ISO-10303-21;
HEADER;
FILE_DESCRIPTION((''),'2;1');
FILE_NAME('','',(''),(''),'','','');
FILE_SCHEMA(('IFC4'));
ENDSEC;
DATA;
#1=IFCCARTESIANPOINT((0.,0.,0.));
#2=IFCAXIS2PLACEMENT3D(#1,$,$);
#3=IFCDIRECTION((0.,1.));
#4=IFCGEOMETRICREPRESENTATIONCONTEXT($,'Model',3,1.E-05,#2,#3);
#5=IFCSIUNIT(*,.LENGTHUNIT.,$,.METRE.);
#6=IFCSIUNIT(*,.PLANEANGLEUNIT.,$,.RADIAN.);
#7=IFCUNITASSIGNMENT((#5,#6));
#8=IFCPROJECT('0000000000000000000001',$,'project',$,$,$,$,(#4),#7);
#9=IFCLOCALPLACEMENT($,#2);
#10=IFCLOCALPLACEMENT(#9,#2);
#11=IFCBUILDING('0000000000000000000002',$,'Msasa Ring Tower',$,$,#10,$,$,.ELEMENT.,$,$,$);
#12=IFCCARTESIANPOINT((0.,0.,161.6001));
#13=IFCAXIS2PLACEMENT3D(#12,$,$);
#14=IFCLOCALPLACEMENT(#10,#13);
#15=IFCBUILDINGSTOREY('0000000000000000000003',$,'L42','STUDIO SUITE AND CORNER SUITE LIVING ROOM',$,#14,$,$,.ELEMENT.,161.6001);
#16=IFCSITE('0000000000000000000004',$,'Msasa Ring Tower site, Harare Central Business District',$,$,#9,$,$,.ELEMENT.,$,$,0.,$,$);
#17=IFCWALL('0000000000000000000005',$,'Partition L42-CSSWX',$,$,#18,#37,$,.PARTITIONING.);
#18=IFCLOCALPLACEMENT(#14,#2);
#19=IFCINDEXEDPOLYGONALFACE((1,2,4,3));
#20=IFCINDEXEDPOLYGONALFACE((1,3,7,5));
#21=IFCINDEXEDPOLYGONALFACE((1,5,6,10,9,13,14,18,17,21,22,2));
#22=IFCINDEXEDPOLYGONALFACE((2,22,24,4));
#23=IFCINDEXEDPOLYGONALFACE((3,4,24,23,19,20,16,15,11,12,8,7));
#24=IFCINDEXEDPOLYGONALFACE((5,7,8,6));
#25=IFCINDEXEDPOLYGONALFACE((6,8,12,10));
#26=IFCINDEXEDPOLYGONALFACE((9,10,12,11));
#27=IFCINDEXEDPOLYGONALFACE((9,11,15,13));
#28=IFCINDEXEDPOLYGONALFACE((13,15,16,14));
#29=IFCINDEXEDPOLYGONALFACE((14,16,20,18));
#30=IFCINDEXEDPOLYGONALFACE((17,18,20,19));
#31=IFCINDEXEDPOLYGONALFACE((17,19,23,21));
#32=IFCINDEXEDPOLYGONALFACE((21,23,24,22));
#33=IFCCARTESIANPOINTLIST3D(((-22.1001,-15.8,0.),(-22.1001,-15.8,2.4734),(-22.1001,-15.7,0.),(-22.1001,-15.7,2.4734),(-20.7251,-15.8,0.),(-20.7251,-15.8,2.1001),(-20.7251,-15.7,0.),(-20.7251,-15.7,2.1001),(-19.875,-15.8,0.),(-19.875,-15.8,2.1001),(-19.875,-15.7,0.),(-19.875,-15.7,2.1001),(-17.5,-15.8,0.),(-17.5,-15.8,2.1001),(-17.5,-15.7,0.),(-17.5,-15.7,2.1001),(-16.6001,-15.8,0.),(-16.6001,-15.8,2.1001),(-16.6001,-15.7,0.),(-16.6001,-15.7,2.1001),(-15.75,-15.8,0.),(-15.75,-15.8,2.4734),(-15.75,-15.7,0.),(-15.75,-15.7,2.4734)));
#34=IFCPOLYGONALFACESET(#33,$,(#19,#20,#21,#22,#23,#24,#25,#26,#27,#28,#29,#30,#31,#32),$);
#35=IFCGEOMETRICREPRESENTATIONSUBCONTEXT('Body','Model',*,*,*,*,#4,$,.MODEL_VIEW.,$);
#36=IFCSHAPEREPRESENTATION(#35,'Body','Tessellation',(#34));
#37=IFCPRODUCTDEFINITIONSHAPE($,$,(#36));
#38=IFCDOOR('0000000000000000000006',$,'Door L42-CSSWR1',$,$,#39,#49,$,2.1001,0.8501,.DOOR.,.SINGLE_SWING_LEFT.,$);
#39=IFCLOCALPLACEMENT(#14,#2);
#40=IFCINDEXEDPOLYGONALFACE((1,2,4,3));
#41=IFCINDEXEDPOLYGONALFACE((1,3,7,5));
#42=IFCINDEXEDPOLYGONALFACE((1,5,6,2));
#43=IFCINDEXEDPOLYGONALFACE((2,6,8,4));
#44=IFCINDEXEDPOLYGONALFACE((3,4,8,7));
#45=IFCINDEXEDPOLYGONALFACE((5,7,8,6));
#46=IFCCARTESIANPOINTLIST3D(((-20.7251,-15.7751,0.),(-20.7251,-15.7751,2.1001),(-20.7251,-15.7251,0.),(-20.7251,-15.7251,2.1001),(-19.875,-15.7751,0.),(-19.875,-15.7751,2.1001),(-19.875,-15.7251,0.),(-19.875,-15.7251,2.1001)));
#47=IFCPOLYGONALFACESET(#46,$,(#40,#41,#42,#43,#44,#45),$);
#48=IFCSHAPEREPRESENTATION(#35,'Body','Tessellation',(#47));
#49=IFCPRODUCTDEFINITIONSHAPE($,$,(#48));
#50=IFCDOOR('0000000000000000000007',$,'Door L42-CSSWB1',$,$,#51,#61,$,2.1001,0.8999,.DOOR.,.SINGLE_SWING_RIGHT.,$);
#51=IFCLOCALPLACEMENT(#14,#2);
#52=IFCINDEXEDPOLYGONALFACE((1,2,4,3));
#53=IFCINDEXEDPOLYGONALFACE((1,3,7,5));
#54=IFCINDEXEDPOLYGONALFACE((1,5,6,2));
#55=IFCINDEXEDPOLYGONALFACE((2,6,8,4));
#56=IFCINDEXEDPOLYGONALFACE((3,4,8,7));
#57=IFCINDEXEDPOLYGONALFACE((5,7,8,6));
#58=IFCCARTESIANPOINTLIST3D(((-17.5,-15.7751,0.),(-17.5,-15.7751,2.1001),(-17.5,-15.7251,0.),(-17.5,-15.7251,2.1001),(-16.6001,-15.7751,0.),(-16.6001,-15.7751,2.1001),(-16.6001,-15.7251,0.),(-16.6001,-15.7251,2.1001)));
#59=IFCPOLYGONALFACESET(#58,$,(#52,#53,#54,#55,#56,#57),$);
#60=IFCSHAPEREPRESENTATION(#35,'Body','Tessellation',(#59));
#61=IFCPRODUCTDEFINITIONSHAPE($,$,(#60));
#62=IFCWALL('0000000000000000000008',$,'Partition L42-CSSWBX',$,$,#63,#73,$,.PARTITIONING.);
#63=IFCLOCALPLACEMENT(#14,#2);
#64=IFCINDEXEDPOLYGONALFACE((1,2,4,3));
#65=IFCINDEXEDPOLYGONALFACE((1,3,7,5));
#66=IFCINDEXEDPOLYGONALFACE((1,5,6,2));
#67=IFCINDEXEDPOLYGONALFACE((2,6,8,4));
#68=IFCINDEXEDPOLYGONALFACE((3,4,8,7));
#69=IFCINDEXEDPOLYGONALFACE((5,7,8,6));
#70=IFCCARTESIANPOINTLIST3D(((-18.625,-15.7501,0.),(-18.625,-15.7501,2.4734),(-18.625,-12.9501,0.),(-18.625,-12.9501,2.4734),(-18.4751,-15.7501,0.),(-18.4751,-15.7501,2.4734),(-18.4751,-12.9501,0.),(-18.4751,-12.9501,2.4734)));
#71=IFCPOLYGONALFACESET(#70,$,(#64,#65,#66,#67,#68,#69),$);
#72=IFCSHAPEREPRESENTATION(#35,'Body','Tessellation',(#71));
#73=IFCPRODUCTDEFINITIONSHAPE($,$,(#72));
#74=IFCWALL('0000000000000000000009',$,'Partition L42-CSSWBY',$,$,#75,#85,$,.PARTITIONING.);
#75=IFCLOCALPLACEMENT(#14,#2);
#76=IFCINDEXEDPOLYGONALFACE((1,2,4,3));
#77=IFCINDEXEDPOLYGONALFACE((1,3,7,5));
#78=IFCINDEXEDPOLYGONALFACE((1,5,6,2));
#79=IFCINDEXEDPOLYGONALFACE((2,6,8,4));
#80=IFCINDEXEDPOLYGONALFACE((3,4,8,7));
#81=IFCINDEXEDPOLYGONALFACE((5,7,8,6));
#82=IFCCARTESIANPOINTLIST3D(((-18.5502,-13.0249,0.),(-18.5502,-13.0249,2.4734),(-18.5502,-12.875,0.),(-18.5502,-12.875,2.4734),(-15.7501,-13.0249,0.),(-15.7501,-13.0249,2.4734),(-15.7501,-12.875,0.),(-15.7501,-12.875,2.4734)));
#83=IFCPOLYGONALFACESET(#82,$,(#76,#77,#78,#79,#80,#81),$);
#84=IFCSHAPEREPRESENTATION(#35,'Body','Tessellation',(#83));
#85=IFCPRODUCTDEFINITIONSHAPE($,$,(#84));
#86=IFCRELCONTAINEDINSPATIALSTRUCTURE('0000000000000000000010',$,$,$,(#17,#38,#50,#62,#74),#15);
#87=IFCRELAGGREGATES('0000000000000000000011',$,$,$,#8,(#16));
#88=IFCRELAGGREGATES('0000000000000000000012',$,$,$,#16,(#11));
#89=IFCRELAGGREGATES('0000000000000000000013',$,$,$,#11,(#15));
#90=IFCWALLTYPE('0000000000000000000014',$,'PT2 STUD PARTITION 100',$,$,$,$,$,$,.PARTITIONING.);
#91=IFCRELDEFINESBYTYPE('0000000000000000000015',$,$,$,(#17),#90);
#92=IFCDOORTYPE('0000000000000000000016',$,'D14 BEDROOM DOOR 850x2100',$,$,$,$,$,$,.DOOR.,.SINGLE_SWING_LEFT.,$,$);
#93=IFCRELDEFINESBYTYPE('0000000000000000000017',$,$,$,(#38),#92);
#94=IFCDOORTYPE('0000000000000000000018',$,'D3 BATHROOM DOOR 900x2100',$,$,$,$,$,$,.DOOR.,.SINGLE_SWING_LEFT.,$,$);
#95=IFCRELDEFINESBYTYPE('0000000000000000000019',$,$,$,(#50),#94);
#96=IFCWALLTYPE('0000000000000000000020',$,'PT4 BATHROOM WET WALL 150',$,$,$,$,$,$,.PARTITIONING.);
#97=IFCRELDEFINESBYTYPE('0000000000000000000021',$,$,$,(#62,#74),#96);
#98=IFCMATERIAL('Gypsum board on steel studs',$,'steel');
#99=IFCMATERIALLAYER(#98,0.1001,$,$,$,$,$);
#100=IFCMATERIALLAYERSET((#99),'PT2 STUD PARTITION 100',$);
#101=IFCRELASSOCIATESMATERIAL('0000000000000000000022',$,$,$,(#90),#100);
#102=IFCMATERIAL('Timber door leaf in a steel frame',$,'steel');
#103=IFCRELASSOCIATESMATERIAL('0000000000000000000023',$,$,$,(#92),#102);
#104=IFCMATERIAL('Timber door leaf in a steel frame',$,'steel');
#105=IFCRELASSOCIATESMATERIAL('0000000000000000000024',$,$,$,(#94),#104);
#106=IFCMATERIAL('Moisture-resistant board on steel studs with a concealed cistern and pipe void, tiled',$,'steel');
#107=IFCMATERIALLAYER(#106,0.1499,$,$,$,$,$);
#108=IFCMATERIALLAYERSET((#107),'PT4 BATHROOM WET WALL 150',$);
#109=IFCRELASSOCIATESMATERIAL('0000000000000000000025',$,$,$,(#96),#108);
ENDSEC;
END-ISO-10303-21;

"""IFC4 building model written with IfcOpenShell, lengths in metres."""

from ifc_helpers import new_model, si_unit, direction, frame, frame_2d, origin, place, context, subcontext, project, spatial, rectangle, extrude, material, layer, layer_set, type_object, element, fill, save


model = new_model("IFC4")

# Units and contexts
model_context = context("Model", 3, precision=1e-05, world=origin(), true_north=direction((0.0, 1.0)))
body_context = subcontext(model_context, "Body", "Model", "MODEL_VIEW")
ifc_project = project(units=[si_unit("LENGTHUNIT", "METRE"), si_unit("PLANEANGLEUNIT", "RADIAN")], contexts=[model_context])

# Site, building, storey
site_placement = place(None, origin())
site = spatial("IfcSite", under=ifc_project, at=site_placement, Name="Msasa Ring Tower site, Harare Central Business District", CompositionType="ELEMENT", RefElevation=0.0)
building_placement = place(site_placement, origin())
building = spatial("IfcBuilding", under=site, at=building_placement, Name="Msasa Ring Tower", CompositionType="ELEMENT")
storey_placement = place(building_placement, frame((0.0, 0.0, 161.6001)))
storey = spatial("IfcBuildingStorey", under=building, at=storey_placement, Name="L42", Description="STUDIO SUITE AND CORNER SUITE LIVING ROOM", CompositionType="ELEMENT", Elevation=161.6001)

# Wall, openings, doors
ifc_material_1 = material(Name="Gypsum board on steel studs", Category="steel")
ifc_layer_1 = layer(ifc_material_1, 0.1001)
ifc_layer_set_1 = layer_set([ifc_layer_1], Name="PT2 STUD PARTITION 100")
wall_type_1 = type_object("IfcWallType", Name="PT2 STUD PARTITION 100", PredefinedType="PARTITIONING", material=ifc_layer_set_1)
wall_1_placement = place(storey_placement, frame((-22.1001, -15.75, 0.0), z_axis=(0.0, 0.0, 1.0), x_axis=(1.0, 0.0, 0.0)))
wall_1 = element("IfcWall", 1, at=wall_1_placement, inside=storey, type_object=wall_type_1, Name="Partition L42-CSSWX", PredefinedType="PARTITIONING", context=body_context, shape_type="SweptSolid", body=[
    extrude(rectangle(XDim=6.3501, YDim=0.1001, at=frame_2d((3.175, 0.0))), origin(), (0.0, 0.0, 1.0), 2.4734),
])
opening_1_placement = place(wall_1_placement, frame((1.375, 0.0, 0.0)))
opening_1 = element("IfcOpeningElement", 2, at=opening_1_placement, cuts=wall_1, PredefinedType="OPENING", context=body_context, shape_type="SweptSolid", body=[
    extrude(rectangle(XDim=0.8501, YDim=2.1001, at=frame_2d((0.425, 1.05))), frame((0.0, 0.0601, 0.0), z_axis=(0.0, -1.0, 0.0), x_axis=(1.0, 0.0, 0.0)), (0.0, 0.0, 1.0), 0.1201),
])
opening_2_placement = place(wall_1_placement, frame((4.6001, 0.0, 0.0)))
opening_2 = element("IfcOpeningElement", 3, at=opening_2_placement, cuts=wall_1, PredefinedType="OPENING", context=body_context, shape_type="SweptSolid", body=[
    extrude(rectangle(XDim=0.8999, YDim=2.1001, at=frame_2d((0.45, 1.05))), frame((0.0, 0.0601, 0.0), z_axis=(0.0, -1.0, 0.0), x_axis=(1.0, 0.0, 0.0)), (0.0, 0.0, 1.0), 0.1201),
])
ifc_material_2 = material(Name="Timber door leaf in a steel frame", Category="steel")
door_type_1 = type_object("IfcDoorType", Name="D14 BEDROOM DOOR 850x2100", OperationType="SINGLE_SWING_LEFT", PredefinedType="DOOR", material=ifc_material_2)
door_1_placement = place(opening_1_placement, origin())
door_1 = element("IfcDoor", 4, at=door_1_placement, inside=storey, type_object=door_type_1, Name="Door L42-CSSWR1", OperationType="SINGLE_SWING_LEFT", OverallHeight=2.1001, OverallWidth=0.8501, PredefinedType="DOOR", context=body_context, shape_type="SweptSolid", body=[
    extrude(rectangle(XDim=0.8501, YDim=2.1001, at=frame_2d((0.425, 1.05))), frame((0.0, 0.0249, 0.0), z_axis=(0.0, -1.0, 0.0), x_axis=(1.0, 0.0, 0.0)), (0.0, 0.0, 1.0), 0.05),
])
fill(opening_1, door_1)
ifc_material_3 = material(Name="Timber door leaf in a steel frame", Category="steel")
door_type_2 = type_object("IfcDoorType", Name="D3 BATHROOM DOOR 900x2100", OperationType="SINGLE_SWING_LEFT", PredefinedType="DOOR", material=ifc_material_3)
door_2_placement = place(opening_2_placement, origin())
door_2 = element("IfcDoor", 5, at=door_2_placement, inside=storey, type_object=door_type_2, Name="Door L42-CSSWB1", OperationType="SINGLE_SWING_RIGHT", OverallHeight=2.1001, OverallWidth=0.8999, PredefinedType="DOOR", context=body_context, shape_type="SweptSolid", body=[
    extrude(rectangle(XDim=0.8999, YDim=2.1001, at=frame_2d((0.45, 1.05))), frame((0.0, 0.0249, 0.0), z_axis=(0.0, -1.0, 0.0), x_axis=(1.0, 0.0, 0.0)), (0.0, 0.0, 1.0), 0.05),
])
fill(opening_2, door_2)

# Walls
ifc_material_4 = material(Name="Moisture-resistant board on steel studs with a concealed cistern and pipe void, tiled", Category="steel")
ifc_layer_2 = layer(ifc_material_4, 0.1499)
ifc_layer_set_2 = layer_set([ifc_layer_2], Name="PT4 BATHROOM WET WALL 150")
wall_type_2 = type_object("IfcWallType", Name="PT4 BATHROOM WET WALL 150", PredefinedType="PARTITIONING", material=ifc_layer_set_2)
for number, where, z_axis, x_axis, name in (
    (6, (-18.55, -15.75, 0.0), (0.0, 0.0, 1.0), (0.0, 1.0, 0.0), "Partition L42-CSSWBX"),
    (7, (-18.55, -12.95, 0.0), (0.0, 0.0, 1.0), (1.0, 0.0, 0.0), "Partition L42-CSSWBY"),
):
    element("IfcWall", number, at=place(storey_placement, frame(where, z_axis=z_axis, x_axis=x_axis)), inside=storey, type_object=wall_type_2, Name=name, PredefinedType="PARTITIONING", context=body_context, shape_type="SweptSolid", body=[
        extrude(rectangle(XDim=2.8, YDim=0.1499, at=frame_2d((1.3999, 0.0))), origin(), (0.0, 0.0, 1.0), 2.4734),
    ])

save(model, "model.ifc")
